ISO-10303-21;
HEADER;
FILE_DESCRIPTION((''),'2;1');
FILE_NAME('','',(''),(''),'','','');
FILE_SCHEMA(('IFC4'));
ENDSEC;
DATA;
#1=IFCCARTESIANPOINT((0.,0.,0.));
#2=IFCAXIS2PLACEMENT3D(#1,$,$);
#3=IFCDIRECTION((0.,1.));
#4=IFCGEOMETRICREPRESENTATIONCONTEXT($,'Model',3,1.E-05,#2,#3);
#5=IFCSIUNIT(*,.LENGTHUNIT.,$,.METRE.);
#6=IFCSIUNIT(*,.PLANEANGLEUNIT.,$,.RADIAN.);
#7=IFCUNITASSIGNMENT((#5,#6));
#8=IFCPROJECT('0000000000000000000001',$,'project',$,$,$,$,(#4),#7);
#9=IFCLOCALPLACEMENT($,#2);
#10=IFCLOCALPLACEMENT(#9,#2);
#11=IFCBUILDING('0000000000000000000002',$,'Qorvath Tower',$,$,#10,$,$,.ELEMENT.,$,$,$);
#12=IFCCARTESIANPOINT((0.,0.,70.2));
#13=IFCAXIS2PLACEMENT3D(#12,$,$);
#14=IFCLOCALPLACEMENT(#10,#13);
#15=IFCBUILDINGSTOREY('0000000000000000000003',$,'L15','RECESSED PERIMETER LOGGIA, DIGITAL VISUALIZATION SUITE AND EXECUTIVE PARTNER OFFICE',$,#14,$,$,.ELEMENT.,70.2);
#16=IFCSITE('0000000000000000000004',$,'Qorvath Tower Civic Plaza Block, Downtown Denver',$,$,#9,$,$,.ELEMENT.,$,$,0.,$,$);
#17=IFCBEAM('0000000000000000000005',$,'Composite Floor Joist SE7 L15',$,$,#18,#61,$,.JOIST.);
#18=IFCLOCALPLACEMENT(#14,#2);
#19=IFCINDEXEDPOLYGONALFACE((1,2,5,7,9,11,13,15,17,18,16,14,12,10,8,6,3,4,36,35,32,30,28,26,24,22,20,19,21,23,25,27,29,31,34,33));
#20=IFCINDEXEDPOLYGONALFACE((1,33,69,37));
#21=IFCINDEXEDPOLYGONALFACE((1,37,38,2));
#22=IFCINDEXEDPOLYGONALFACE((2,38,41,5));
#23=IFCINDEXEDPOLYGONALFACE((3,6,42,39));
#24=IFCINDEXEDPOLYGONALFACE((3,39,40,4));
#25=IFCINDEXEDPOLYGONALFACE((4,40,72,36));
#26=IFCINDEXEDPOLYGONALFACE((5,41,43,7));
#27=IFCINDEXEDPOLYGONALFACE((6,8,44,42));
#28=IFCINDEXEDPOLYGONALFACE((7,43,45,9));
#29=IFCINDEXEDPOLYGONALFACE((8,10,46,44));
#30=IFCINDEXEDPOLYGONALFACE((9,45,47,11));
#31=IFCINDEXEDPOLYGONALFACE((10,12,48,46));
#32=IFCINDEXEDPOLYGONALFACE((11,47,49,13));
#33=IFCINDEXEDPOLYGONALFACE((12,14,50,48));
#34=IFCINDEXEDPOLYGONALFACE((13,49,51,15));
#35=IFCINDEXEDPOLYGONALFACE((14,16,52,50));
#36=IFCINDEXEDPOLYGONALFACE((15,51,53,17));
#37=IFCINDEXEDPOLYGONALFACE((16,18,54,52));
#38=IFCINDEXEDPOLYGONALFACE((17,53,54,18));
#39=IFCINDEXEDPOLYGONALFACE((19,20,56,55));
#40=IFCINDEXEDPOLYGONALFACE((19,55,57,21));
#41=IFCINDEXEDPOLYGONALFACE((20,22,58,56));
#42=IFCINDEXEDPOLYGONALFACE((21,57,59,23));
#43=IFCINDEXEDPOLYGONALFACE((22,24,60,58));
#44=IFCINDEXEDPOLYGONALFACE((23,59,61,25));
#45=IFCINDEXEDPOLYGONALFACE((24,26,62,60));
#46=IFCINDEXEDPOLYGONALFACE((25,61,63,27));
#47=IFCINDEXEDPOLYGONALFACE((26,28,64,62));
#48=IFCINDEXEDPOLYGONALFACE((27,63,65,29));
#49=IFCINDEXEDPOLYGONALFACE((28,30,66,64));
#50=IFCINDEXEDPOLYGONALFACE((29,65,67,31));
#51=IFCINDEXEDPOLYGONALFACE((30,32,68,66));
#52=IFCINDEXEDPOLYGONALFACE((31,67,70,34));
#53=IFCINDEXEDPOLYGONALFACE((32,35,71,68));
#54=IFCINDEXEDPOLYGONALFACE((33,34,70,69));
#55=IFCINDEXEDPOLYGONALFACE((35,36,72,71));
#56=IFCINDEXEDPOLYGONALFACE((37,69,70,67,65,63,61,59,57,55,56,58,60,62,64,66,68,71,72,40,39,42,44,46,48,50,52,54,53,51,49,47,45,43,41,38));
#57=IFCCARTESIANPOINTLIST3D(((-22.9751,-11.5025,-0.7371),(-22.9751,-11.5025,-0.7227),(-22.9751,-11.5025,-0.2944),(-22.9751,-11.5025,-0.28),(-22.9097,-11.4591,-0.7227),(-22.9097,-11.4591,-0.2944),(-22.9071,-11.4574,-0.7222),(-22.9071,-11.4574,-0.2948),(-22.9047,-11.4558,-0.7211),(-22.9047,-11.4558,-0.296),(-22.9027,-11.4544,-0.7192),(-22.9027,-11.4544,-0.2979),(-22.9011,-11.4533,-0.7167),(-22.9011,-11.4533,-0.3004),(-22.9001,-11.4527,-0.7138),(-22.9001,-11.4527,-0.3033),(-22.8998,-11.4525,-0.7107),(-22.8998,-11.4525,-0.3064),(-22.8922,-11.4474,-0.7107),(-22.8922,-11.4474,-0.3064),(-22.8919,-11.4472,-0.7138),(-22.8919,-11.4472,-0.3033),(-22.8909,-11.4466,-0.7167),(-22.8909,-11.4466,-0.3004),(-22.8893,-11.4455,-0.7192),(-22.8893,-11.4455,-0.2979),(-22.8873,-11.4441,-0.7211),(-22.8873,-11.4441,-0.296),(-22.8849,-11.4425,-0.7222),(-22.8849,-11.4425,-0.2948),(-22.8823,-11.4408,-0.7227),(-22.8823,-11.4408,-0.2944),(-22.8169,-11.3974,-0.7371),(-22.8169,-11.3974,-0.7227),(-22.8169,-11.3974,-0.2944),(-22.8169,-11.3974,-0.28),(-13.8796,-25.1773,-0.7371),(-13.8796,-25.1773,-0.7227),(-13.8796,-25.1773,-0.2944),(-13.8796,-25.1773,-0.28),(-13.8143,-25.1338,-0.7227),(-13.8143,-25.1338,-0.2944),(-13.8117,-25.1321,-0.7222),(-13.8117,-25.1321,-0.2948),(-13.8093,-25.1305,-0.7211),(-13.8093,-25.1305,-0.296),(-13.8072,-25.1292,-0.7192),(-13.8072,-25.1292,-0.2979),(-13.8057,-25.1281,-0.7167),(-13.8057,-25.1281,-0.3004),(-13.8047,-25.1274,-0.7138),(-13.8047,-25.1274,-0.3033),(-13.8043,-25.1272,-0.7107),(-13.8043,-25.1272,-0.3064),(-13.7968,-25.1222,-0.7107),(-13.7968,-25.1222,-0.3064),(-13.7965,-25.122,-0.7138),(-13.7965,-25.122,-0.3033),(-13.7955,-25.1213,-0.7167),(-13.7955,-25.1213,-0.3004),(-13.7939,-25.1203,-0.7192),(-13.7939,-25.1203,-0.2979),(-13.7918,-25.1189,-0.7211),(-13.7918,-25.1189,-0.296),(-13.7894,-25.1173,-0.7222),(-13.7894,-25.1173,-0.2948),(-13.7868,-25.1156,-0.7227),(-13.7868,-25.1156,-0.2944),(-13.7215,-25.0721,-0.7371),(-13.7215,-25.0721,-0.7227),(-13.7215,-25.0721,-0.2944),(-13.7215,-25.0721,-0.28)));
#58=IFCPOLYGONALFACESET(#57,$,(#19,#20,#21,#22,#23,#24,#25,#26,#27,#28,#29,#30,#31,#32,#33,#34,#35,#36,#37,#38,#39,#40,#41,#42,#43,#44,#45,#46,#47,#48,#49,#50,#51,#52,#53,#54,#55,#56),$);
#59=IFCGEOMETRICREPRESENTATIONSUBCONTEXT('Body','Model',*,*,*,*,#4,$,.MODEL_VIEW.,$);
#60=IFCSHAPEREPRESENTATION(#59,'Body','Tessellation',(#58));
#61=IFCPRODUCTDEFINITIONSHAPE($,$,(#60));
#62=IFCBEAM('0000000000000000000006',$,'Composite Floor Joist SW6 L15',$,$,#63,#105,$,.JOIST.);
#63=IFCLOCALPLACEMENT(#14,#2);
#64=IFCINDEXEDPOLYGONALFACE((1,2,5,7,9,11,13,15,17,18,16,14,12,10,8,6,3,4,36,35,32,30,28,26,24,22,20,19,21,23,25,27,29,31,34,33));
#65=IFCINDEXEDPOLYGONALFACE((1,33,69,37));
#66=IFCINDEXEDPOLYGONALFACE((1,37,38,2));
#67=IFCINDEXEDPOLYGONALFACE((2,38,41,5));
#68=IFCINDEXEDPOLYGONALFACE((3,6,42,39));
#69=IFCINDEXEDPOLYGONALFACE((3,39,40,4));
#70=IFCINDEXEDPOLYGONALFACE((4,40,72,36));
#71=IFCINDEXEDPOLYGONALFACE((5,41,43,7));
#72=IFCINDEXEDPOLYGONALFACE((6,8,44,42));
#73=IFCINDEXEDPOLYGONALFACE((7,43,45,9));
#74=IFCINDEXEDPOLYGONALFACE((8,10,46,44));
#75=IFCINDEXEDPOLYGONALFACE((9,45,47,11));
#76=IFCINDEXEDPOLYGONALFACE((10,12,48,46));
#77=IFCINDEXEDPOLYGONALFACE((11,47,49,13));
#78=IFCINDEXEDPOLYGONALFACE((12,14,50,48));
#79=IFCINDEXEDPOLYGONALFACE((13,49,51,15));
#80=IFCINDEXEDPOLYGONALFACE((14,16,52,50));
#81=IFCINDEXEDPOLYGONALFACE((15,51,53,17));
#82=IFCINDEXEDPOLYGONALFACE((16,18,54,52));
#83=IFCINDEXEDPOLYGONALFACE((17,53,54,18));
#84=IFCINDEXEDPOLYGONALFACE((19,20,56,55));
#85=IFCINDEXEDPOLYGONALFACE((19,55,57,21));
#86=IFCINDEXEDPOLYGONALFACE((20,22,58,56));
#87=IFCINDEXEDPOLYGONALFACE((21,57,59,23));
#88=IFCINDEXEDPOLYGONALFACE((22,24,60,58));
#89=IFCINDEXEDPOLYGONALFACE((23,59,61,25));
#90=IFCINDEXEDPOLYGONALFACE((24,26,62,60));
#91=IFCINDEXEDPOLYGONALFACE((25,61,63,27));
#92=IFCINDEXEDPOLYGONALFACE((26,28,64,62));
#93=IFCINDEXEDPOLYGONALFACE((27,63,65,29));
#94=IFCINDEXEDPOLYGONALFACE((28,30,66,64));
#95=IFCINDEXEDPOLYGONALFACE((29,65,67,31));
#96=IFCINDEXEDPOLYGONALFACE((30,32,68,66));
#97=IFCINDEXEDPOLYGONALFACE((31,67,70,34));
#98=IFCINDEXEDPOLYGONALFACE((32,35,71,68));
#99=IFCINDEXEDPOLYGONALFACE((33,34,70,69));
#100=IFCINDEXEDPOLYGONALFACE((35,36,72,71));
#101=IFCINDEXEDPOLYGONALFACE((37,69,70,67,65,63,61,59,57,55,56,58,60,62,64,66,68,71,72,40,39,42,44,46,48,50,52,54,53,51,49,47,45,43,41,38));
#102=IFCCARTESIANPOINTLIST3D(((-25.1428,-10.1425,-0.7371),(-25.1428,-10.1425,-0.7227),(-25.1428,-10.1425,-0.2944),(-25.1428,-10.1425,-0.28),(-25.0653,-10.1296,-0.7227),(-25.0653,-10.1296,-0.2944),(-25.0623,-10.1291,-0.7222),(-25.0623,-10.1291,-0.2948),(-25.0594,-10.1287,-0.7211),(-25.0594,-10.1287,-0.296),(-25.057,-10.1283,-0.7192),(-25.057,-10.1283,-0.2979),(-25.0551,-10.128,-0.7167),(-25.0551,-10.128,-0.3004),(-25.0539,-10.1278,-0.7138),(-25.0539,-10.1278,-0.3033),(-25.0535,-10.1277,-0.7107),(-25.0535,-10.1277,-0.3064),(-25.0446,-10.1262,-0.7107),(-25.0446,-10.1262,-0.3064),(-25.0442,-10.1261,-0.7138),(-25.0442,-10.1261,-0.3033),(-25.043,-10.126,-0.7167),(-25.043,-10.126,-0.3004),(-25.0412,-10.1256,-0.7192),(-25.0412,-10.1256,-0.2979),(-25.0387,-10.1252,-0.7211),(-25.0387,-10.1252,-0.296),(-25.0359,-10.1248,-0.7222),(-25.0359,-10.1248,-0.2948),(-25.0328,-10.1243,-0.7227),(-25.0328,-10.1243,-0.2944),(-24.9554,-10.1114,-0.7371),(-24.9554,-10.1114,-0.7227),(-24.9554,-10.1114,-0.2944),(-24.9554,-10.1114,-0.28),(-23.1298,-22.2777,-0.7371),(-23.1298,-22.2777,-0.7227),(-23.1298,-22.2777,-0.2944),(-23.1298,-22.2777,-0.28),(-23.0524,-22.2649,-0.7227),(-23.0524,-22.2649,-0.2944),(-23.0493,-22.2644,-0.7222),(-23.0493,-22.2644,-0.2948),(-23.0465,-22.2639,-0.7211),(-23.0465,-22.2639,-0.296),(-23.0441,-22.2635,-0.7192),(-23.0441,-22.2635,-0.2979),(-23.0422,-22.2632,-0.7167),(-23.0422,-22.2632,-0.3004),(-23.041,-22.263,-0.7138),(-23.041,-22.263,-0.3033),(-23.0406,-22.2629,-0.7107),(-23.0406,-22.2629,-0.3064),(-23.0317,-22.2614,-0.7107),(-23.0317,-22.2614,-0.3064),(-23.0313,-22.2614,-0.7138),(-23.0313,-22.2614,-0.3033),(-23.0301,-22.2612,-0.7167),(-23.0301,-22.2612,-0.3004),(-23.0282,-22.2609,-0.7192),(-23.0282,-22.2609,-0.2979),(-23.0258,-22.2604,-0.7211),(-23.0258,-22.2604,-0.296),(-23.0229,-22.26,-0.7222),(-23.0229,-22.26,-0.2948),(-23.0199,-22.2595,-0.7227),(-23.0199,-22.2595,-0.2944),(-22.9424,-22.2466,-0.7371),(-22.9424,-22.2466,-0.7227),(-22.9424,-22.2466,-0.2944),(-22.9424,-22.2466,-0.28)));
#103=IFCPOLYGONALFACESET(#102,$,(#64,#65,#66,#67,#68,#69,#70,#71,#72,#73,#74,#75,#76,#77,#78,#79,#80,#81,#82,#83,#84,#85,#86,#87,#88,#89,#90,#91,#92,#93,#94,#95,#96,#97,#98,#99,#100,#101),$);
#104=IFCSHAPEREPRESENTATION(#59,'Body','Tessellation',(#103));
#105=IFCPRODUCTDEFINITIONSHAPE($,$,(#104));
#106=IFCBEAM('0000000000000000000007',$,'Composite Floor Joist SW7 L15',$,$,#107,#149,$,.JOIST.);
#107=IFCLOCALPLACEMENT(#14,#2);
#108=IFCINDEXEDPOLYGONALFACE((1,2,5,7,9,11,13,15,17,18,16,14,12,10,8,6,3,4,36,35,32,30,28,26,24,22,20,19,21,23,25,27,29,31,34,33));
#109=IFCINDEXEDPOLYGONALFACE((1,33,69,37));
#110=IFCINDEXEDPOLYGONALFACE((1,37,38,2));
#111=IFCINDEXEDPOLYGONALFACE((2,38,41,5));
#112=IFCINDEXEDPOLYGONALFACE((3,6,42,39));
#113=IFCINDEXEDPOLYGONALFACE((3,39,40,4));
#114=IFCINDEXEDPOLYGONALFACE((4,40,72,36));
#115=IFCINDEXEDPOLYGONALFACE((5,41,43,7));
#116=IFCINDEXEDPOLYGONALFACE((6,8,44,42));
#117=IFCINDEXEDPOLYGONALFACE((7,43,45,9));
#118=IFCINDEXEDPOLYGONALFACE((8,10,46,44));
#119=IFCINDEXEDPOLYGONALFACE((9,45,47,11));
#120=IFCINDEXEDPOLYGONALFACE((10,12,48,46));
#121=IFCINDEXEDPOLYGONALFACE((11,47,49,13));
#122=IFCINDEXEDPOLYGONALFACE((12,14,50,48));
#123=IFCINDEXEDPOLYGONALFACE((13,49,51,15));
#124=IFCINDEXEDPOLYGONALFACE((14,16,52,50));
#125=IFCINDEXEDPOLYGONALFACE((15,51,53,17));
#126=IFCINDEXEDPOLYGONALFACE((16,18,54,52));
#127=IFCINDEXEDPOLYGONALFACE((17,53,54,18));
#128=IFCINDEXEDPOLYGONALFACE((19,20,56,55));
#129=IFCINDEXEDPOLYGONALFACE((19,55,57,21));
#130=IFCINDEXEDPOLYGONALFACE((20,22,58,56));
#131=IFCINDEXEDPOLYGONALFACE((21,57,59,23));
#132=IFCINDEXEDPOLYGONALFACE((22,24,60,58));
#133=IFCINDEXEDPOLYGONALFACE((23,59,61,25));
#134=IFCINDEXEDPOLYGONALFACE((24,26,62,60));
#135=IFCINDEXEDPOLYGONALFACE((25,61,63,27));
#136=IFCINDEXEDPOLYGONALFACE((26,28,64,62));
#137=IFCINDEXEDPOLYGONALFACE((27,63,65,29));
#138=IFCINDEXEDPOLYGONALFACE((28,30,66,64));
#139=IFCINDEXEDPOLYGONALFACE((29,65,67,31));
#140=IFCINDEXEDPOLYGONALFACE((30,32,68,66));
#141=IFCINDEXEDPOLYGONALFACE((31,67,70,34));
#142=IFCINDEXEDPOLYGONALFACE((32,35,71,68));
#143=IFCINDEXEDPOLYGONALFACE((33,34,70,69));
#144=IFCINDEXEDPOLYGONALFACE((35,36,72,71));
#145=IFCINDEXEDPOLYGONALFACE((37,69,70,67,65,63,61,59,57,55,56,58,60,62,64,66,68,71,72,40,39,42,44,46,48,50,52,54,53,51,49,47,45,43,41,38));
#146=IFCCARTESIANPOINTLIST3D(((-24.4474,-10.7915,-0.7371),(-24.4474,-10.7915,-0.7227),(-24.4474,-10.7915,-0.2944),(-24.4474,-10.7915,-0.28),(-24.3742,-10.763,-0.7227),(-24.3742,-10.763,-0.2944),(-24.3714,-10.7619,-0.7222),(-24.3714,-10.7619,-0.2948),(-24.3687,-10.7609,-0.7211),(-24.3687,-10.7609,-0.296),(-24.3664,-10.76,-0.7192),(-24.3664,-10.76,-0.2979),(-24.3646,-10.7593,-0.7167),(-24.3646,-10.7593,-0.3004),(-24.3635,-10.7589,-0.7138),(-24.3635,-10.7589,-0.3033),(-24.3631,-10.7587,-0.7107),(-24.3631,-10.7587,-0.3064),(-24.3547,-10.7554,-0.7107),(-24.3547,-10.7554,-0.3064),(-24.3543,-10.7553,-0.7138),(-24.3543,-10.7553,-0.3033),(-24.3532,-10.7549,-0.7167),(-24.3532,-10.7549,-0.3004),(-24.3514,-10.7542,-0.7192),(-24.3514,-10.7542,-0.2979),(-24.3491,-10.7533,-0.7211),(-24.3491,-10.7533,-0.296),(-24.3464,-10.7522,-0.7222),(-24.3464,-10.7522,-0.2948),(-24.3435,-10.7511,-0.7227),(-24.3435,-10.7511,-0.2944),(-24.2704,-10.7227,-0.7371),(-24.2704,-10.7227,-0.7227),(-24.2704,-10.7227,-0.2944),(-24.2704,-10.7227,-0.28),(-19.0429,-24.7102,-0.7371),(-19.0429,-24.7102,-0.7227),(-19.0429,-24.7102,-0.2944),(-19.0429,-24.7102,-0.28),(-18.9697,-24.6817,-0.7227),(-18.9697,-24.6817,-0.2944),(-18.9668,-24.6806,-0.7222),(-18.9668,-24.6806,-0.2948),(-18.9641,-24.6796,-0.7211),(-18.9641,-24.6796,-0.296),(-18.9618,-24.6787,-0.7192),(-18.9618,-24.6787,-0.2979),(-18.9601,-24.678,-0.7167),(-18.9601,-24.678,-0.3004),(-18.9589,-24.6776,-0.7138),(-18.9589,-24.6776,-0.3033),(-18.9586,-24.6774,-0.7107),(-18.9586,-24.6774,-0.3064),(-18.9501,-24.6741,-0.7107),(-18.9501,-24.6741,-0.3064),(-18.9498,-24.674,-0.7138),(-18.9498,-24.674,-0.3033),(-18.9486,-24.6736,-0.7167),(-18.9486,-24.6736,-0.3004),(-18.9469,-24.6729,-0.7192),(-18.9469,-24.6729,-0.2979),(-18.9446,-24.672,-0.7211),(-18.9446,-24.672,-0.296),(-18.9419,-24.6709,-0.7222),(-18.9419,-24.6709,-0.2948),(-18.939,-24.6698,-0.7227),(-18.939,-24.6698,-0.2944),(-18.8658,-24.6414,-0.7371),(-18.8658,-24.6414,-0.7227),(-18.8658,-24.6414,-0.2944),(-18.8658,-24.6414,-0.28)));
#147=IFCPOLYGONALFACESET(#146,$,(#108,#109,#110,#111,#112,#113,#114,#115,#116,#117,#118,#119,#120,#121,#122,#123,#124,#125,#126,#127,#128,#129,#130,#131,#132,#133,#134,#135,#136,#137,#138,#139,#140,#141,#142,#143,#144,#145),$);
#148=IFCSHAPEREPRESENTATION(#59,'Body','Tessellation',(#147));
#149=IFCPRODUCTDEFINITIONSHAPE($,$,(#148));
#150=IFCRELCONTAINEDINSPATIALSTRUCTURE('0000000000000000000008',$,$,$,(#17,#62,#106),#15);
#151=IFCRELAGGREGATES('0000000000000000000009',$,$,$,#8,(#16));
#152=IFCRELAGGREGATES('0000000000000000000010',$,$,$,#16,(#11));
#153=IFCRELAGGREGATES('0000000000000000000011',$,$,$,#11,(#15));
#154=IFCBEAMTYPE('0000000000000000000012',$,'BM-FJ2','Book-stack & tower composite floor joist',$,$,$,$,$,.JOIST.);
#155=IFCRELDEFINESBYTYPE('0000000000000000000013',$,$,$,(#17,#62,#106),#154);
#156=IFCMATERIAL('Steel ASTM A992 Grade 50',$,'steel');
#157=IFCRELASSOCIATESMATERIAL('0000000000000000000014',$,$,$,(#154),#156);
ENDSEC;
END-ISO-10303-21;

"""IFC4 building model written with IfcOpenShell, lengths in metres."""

from ifc_helpers import new_model, si_unit, direction, frame, origin, origin_2d, place, context, subcontext, project, spatial, i_section, extrude, material, material_profile, profile_set, type_object, element, save


model = new_model("IFC4")

# Units and contexts
model_context = context("Model", 3, precision=1e-05, world=origin(), true_north=direction((0.0, 1.0)))
body_context = subcontext(model_context, "Body", "Model", "MODEL_VIEW")
ifc_project = project(units=[si_unit("LENGTHUNIT", "METRE"), si_unit("PLANEANGLEUNIT", "RADIAN")], contexts=[model_context])

# Site, building, storey
site_placement = place(None, origin())
site = spatial("IfcSite", under=ifc_project, at=site_placement, Name="Qorvath Tower Civic Plaza Block, Downtown Denver", CompositionType="ELEMENT", RefElevation=0.0)
building_placement = place(site_placement, origin())
building = spatial("IfcBuilding", under=site, at=building_placement, Name="Qorvath Tower", CompositionType="ELEMENT")
storey_placement = place(building_placement, frame((0.0, 0.0, 70.2)))
storey = spatial("IfcBuildingStorey", under=building, at=storey_placement, Name="L15", Description="RECESSED PERIMETER LOGGIA, DIGITAL VISUALIZATION SUITE AND EXECUTIVE PARTNER OFFICE", CompositionType="ELEMENT", Elevation=70.2)

# Beams
ifc_material_1 = material(Name="Steel ASTM A992 Grade 50", Category="steel")
ifc_material_profile_1 = material_profile(ifc_material_1, i_section(OverallWidth=0.1899, OverallDepth=0.457, WebThickness=0.009, FlangeThickness=0.0144, FilletRadius=0.012, at=origin_2d()), Name="W18x50")
ifc_profile_set_1 = profile_set([ifc_material_profile_1], Name="Steel ASTM A992 Grade 50")
beam_type_1 = type_object("IfcBeamType", Name="BM-FJ2", Description="Book-stack & tower composite floor joist", PredefinedType="JOIST", material=ifc_profile_set_1)
beam_1_placement = place(storey_placement, frame((-22.896, -11.45, -0.5085), z_axis=(0.553811, -0.832642, 0.0), x_axis=(0.832642, 0.553811, 0.0)))
element("IfcBeam", 1, at=beam_1_placement, inside=storey, type_object=beam_type_1, Name="Composite Floor Joist SE7 L15", PredefinedType="JOIST", context=body_context, shape_type="SweptSolid", body=[
    extrude(i_section(OverallWidth=0.1899, OverallDepth=0.457, WebThickness=0.009, FlangeThickness=0.0144, FilletRadius=0.012, at=origin_2d()), origin(), (0.0, 0.0, 1.0), 16.4233),
])
beam_2_placement = place(storey_placement, frame((-25.0491, -10.127, -0.5085), z_axis=(0.163639, -0.98652, 0.0), x_axis=(0.98652, 0.163639, 0.0)))
element("IfcBeam", 2, at=beam_2_placement, inside=storey, type_object=beam_type_1, Name="Composite Floor Joist SW6 L15", PredefinedType="JOIST", context=body_context, shape_type="SweptSolid", body=[
    extrude(i_section(OverallWidth=0.1899, OverallDepth=0.457, WebThickness=0.009, FlangeThickness=0.0144, FilletRadius=0.012, at=origin_2d()), origin(), (0.0, 0.0, 1.0), 12.301),
])
beam_3_placement = place(storey_placement, frame((-24.3589, -10.7571, -0.5085), z_axis=(0.361964, -0.932192, 0.0), x_axis=(0.932192, 0.361964, 0.0)))
element("IfcBeam", 3, at=beam_3_placement, inside=storey, type_object=beam_type_1, Name="Composite Floor Joist SW7 L15", PredefinedType="JOIST", context=body_context, shape_type="SweptSolid", body=[
    extrude(i_section(OverallWidth=0.1899, OverallDepth=0.457, WebThickness=0.009, FlangeThickness=0.0144, FilletRadius=0.012, at=origin_2d()), origin(), (0.0, 0.0, 1.0), 14.9312),
])

save(model, "model.ifc")
